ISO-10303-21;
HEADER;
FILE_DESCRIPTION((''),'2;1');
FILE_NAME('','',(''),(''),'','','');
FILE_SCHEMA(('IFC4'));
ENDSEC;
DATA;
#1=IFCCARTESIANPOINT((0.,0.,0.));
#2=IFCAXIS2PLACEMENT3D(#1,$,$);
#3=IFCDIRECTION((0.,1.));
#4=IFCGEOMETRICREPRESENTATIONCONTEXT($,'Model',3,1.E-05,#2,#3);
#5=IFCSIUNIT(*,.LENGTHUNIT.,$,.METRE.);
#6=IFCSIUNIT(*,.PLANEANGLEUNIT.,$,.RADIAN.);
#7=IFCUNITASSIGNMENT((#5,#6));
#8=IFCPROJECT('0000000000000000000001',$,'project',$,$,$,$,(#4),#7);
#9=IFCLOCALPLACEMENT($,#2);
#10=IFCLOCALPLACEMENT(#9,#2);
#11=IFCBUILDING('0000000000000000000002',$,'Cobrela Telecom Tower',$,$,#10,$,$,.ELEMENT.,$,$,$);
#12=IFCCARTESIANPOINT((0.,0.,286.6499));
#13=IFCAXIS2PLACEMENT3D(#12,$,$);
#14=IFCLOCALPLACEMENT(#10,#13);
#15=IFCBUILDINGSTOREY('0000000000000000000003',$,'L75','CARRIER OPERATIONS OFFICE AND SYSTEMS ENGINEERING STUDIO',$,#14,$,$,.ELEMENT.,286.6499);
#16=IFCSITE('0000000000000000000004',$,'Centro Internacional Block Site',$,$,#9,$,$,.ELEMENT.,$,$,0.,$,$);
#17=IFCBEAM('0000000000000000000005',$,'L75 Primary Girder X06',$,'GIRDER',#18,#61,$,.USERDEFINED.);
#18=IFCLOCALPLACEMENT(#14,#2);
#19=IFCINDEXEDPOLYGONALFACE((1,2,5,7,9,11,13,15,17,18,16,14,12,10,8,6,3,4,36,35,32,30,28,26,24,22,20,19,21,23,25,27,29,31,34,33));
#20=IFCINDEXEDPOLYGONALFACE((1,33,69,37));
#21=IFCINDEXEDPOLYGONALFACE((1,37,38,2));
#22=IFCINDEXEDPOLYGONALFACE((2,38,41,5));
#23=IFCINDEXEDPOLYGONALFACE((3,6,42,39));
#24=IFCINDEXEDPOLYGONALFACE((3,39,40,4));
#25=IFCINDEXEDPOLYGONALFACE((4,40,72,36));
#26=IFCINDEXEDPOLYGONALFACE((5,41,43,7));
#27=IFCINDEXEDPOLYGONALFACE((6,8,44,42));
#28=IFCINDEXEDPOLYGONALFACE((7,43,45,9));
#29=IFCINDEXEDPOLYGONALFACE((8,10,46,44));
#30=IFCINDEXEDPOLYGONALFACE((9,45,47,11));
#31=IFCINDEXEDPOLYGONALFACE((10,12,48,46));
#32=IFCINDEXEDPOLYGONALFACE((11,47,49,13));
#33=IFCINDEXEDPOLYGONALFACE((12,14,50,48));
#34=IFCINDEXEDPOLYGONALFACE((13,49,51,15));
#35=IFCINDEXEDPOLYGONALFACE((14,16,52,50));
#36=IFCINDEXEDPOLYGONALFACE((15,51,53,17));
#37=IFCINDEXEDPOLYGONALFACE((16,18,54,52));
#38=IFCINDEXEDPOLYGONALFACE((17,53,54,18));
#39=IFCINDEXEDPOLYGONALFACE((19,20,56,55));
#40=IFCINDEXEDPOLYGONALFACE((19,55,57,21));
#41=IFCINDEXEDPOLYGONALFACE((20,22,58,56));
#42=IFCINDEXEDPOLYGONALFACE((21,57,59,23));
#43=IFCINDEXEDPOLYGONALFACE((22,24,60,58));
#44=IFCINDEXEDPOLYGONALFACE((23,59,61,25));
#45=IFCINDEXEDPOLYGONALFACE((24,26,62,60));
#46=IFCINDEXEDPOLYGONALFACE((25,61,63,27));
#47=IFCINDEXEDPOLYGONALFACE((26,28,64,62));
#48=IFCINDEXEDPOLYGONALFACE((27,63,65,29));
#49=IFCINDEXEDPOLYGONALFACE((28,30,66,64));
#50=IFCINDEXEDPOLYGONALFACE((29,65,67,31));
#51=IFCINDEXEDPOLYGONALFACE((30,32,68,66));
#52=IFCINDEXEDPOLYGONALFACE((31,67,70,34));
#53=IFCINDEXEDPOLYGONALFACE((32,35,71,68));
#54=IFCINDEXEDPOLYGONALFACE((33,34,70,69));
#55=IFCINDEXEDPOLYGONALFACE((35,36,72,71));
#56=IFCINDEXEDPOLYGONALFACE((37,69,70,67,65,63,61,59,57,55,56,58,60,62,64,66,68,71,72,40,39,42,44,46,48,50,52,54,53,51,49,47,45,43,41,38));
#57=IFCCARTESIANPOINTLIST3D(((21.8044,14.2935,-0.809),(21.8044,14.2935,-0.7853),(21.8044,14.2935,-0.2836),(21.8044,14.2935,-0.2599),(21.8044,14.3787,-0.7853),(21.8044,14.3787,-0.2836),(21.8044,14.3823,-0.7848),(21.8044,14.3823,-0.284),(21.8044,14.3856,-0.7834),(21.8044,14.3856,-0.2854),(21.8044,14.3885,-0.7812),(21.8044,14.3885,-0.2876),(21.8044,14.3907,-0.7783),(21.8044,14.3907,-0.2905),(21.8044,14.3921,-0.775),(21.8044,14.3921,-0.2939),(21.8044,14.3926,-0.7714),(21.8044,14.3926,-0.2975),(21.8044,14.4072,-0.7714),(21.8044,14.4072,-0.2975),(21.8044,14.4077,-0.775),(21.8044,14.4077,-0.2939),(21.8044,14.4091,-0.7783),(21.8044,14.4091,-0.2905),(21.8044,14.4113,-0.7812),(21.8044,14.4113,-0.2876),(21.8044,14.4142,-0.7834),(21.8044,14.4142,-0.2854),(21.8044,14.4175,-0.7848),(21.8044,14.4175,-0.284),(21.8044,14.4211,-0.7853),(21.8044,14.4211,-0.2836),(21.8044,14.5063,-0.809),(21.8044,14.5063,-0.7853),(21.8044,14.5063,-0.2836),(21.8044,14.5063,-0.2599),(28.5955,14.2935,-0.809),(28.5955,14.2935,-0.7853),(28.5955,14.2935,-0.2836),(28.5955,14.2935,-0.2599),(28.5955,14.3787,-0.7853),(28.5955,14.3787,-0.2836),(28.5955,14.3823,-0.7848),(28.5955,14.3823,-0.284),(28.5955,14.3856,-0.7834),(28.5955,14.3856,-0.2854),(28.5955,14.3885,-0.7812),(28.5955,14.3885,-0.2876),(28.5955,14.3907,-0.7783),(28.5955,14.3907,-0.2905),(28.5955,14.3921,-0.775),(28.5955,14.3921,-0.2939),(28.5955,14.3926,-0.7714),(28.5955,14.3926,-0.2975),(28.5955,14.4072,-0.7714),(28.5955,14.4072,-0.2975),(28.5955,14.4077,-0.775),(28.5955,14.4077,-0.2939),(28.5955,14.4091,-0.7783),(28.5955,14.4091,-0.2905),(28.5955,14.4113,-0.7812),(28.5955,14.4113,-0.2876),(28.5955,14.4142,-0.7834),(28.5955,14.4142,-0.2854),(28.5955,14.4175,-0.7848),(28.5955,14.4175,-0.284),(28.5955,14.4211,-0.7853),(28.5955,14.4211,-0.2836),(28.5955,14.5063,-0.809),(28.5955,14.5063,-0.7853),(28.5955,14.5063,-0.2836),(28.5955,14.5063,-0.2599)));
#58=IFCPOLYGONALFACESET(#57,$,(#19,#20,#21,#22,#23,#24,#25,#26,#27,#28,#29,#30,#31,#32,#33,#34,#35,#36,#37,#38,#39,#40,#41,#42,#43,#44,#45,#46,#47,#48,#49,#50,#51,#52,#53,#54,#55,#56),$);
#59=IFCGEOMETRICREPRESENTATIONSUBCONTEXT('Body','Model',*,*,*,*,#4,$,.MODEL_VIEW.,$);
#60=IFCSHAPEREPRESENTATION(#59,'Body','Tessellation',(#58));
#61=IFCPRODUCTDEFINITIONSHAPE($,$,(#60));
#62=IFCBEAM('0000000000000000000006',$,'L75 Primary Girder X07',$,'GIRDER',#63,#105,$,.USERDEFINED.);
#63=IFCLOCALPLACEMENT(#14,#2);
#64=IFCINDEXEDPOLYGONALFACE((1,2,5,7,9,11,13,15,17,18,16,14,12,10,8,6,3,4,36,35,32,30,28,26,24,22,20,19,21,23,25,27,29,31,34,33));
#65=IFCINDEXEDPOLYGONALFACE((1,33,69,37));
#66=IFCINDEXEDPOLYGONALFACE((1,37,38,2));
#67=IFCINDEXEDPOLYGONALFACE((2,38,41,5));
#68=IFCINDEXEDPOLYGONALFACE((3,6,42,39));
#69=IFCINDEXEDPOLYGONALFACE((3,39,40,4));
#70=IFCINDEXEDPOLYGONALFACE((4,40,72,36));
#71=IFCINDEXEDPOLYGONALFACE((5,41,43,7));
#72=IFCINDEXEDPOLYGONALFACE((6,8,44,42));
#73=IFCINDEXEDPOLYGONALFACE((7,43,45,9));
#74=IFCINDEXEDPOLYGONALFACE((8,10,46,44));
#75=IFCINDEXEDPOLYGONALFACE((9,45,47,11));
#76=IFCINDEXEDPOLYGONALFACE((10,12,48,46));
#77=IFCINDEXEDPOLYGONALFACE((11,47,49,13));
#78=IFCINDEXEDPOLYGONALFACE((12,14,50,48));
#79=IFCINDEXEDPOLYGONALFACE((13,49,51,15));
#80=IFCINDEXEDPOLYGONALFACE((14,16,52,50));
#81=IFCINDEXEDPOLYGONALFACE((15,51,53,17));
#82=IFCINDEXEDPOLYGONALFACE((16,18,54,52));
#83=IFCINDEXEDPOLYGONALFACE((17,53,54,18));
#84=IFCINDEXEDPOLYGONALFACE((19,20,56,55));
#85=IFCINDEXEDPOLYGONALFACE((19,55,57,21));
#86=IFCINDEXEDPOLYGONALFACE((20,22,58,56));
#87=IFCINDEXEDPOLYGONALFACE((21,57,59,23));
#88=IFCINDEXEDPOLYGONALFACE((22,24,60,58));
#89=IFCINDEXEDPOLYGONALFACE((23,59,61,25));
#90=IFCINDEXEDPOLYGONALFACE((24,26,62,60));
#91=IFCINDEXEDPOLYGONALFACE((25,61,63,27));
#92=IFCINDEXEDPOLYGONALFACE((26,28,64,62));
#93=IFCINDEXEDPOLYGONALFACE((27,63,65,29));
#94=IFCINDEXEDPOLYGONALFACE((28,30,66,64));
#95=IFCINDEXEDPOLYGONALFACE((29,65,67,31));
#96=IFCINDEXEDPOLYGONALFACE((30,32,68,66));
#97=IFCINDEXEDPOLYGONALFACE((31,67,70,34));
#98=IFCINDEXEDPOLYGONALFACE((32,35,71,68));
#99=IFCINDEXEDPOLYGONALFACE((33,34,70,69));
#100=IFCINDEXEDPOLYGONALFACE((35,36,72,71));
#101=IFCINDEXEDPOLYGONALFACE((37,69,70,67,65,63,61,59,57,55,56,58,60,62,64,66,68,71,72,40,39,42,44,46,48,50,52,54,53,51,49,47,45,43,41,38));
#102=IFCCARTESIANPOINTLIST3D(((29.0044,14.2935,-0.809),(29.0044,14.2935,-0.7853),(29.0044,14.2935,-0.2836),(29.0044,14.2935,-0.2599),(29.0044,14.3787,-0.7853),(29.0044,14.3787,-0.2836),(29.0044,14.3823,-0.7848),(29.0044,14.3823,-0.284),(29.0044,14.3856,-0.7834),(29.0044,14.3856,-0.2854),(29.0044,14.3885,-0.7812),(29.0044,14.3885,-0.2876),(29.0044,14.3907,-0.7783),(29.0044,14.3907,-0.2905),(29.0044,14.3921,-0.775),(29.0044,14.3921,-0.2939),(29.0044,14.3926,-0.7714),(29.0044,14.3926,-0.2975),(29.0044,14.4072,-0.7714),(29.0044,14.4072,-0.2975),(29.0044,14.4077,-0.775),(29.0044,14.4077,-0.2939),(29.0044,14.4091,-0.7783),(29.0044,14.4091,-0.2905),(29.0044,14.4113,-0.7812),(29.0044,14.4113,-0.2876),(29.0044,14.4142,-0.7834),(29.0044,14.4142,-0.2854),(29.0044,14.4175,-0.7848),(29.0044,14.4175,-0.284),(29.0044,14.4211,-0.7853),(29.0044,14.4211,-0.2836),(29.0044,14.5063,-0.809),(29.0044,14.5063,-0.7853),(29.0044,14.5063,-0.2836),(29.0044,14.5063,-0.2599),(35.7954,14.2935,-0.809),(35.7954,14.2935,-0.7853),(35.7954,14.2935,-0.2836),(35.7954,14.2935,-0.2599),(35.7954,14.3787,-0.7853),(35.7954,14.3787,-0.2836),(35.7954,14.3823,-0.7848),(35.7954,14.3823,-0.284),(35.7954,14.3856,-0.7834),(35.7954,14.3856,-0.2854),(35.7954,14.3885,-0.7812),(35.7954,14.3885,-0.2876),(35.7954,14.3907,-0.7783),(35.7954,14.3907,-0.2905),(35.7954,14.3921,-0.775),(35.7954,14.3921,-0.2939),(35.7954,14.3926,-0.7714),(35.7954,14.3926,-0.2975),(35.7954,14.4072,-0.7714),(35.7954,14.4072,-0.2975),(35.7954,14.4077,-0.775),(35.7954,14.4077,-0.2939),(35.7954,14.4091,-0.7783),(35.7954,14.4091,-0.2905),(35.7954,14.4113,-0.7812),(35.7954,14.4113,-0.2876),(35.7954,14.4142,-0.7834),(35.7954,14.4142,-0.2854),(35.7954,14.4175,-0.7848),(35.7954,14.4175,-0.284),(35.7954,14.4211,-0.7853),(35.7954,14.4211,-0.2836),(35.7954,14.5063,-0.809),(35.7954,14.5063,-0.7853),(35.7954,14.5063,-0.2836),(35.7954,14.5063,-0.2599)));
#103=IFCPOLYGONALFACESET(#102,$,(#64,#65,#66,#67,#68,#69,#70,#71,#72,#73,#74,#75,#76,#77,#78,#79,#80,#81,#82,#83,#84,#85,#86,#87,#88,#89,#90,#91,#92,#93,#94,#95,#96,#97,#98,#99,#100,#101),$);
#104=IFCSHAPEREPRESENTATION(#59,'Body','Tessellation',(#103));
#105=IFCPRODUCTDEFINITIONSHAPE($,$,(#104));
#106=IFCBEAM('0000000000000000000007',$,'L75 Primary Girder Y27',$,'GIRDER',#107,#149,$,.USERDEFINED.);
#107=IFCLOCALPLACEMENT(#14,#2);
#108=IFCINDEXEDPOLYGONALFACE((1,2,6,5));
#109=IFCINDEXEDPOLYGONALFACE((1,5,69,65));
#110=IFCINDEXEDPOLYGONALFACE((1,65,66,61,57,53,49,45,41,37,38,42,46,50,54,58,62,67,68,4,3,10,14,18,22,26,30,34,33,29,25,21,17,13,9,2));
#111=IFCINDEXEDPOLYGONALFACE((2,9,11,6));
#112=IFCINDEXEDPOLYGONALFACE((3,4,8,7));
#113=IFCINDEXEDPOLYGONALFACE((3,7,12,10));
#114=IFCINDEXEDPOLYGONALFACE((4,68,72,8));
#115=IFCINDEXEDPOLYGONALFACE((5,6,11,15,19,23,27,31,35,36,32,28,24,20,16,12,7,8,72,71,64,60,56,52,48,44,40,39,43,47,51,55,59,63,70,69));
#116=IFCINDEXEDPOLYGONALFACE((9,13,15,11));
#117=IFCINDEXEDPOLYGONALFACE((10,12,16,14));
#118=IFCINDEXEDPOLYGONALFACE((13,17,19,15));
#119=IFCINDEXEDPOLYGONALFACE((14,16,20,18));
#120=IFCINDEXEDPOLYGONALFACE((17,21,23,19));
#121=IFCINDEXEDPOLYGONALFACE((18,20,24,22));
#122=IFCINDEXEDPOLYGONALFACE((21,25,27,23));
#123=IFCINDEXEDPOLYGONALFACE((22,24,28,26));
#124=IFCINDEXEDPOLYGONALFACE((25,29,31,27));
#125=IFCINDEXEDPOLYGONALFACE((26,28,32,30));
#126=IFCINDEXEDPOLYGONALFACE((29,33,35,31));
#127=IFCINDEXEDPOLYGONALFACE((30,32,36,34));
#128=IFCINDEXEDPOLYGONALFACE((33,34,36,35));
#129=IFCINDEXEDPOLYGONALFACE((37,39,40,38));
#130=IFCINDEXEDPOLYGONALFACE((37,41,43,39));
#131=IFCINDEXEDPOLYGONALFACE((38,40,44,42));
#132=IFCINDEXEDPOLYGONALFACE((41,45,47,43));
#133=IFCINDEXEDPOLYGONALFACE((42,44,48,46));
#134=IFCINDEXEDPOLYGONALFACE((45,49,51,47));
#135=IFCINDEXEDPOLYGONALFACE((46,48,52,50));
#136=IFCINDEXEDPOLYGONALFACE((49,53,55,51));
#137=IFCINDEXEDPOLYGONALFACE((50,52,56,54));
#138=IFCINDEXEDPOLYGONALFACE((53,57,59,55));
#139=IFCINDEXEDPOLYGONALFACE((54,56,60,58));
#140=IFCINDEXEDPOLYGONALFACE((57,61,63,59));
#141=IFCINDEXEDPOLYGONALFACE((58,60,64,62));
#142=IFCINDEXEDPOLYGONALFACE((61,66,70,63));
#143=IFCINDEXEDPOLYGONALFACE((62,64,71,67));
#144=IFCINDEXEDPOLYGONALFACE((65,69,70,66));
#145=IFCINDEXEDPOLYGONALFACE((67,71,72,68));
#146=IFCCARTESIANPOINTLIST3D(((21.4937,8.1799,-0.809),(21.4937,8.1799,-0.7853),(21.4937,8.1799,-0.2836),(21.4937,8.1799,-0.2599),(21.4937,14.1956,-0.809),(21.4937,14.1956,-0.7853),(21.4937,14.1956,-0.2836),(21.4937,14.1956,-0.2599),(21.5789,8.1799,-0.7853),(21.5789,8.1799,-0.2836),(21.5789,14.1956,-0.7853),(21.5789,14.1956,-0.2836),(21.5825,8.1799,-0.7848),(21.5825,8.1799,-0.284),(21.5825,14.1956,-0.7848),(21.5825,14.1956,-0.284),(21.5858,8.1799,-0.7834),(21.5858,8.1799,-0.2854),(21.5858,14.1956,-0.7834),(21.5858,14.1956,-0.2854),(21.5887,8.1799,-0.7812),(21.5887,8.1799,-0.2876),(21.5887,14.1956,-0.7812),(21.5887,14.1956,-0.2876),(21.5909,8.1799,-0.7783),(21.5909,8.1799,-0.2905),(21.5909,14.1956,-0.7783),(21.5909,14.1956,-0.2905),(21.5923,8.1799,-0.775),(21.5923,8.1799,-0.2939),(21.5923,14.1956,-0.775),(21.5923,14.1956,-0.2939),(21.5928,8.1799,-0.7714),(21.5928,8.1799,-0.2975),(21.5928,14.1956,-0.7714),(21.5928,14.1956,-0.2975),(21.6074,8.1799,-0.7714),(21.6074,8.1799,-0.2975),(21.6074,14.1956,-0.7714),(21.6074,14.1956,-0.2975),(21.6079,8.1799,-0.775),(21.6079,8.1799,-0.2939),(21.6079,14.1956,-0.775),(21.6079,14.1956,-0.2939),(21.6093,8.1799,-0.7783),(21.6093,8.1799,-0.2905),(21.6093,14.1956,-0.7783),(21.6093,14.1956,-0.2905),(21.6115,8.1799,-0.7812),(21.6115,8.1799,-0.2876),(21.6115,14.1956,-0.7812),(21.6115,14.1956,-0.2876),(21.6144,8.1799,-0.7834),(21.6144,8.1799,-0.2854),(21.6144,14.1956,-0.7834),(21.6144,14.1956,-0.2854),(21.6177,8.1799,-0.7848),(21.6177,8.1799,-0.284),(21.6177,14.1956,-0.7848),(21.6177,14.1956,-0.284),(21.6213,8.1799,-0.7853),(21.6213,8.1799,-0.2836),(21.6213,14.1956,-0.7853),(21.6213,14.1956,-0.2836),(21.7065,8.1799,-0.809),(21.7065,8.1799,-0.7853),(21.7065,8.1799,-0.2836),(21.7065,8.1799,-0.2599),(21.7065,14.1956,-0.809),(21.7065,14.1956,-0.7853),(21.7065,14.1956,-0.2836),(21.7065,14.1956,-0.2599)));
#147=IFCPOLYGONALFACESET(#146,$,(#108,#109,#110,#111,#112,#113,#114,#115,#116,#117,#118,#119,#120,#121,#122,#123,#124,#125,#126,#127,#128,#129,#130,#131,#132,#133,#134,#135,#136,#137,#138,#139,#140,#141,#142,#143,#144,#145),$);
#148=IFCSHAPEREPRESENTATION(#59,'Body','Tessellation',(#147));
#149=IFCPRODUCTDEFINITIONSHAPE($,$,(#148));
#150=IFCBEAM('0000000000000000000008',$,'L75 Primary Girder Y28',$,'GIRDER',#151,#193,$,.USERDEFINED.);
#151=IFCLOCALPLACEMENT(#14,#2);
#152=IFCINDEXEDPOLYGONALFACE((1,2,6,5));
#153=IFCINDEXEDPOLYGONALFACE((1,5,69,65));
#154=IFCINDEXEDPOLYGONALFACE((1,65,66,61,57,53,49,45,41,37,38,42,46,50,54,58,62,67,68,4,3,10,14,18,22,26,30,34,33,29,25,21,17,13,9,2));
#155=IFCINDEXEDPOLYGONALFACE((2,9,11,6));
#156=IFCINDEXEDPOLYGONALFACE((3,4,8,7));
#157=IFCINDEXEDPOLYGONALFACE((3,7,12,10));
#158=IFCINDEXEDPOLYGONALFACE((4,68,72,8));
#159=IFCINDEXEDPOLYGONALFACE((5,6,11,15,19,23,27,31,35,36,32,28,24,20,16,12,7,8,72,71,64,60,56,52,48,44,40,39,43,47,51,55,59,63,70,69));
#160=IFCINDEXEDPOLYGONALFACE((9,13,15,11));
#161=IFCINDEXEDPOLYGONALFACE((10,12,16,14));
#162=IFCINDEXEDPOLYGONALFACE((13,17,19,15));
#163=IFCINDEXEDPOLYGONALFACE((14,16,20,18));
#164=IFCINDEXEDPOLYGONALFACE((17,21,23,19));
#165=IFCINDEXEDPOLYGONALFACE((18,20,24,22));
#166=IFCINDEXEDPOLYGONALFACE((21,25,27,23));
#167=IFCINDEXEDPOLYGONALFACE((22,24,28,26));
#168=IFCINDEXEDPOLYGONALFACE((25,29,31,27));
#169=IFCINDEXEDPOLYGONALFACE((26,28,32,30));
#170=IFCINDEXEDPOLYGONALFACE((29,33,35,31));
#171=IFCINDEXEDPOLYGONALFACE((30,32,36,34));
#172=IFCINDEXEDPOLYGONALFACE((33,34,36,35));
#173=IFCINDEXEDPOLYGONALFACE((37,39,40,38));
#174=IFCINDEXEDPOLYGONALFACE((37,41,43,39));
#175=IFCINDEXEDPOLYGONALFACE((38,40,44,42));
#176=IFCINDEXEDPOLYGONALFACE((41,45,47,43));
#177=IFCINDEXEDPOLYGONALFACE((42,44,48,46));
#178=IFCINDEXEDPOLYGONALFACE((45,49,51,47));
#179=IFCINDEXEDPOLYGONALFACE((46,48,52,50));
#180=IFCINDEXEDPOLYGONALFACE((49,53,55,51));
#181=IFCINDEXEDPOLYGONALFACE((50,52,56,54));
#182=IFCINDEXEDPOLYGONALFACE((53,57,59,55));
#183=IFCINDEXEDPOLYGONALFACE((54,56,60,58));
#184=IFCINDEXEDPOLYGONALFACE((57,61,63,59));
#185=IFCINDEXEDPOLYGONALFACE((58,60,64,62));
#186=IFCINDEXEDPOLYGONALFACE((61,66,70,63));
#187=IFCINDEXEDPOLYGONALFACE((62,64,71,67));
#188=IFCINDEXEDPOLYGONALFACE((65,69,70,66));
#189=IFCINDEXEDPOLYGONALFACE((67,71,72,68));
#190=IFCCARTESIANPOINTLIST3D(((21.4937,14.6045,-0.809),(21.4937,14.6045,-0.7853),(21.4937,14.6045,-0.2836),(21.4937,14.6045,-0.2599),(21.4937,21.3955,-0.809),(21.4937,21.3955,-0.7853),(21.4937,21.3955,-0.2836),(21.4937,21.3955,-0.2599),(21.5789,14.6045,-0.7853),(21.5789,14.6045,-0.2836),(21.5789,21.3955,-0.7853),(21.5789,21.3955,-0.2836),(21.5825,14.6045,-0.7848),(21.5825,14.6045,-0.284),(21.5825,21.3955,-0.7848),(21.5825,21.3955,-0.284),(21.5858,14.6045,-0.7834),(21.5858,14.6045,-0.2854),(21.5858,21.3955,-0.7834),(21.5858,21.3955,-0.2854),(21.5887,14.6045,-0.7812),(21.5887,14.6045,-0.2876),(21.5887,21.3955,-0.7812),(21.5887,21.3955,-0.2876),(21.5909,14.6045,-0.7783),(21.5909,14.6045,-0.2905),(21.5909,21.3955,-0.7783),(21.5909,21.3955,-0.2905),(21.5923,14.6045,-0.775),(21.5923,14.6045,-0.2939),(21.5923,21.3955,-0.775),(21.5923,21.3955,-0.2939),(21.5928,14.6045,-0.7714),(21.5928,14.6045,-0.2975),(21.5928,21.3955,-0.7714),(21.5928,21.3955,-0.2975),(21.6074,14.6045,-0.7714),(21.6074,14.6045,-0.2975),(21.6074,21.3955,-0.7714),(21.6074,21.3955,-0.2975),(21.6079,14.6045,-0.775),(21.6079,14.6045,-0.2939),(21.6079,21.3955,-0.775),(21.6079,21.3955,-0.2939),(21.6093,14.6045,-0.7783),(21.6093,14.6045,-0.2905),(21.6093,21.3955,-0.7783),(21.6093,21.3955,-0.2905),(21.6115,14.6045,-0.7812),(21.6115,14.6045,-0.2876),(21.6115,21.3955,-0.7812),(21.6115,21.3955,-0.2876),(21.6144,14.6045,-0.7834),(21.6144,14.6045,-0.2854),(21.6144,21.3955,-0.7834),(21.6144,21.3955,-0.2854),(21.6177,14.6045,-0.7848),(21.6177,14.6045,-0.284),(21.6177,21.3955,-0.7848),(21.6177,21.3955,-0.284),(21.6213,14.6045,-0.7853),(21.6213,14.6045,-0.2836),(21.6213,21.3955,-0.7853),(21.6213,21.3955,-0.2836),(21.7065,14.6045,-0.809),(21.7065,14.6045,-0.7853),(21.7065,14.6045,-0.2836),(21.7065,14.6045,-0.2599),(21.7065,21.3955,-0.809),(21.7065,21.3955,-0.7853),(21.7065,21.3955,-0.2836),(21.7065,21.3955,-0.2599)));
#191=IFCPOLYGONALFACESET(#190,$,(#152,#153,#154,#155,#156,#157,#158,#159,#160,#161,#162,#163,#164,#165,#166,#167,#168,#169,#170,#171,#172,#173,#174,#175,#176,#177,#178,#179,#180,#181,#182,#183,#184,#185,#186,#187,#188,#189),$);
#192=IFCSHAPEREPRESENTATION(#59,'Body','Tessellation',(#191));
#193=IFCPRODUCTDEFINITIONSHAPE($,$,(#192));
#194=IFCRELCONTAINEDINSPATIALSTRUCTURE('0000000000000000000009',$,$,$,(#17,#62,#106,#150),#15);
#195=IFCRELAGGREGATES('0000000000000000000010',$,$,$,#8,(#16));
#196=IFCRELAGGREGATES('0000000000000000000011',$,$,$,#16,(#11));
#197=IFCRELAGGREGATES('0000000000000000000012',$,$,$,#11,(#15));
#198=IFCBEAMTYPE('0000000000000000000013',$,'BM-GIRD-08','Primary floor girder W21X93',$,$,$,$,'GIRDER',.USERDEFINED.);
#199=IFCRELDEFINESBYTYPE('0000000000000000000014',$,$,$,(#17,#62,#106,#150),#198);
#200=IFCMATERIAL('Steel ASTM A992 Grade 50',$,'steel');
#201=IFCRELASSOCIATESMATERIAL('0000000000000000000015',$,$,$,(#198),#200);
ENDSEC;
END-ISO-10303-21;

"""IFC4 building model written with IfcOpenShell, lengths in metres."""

from ifc_helpers import new_model, si_unit, direction, frame, origin, origin_2d, place, context, subcontext, project, spatial, i_section, extrude, material, material_profile, profile_set, type_object, element, save


model = new_model("IFC4")

# Units and contexts
model_context = context("Model", 3, precision=1e-05, world=origin(), true_north=direction((0.0, 1.0)))
body_context = subcontext(model_context, "Body", "Model", "MODEL_VIEW")
ifc_project = project(units=[si_unit("LENGTHUNIT", "METRE"), si_unit("PLANEANGLEUNIT", "RADIAN")], contexts=[model_context])

# Site, building, storey
site_placement = place(None, origin())
site = spatial("IfcSite", under=ifc_project, at=site_placement, Name="Centro Internacional Block Site", CompositionType="ELEMENT", RefElevation=0.0)
building_placement = place(site_placement, origin())
building = spatial("IfcBuilding", under=site, at=building_placement, Name="Cobrela Telecom Tower", CompositionType="ELEMENT")
storey_placement = place(building_placement, frame((0.0, 0.0, 286.6499)))
storey = spatial("IfcBuildingStorey", under=building, at=storey_placement, Name="L75", Description="CARRIER OPERATIONS OFFICE AND SYSTEMS ENGINEERING STUDIO", CompositionType="ELEMENT", Elevation=286.6499)

# Shared definitions
ifc_material_1 = material(Name="Steel ASTM A992 Grade 50", Category="steel")

# Beams
ifc_material_profile_1 = material_profile(ifc_material_1, i_section(OverallWidth=0.2129, OverallDepth=0.5491, WebThickness=0.0146, FlangeThickness=0.0237, FilletRadius=0.0139, at=origin_2d()), Name="W21X93")
ifc_profile_set_1 = profile_set([ifc_material_profile_1], Name="Steel ASTM A992 Grade 50")
beam_type_1 = type_object("IfcBeamType", Name="BM-GIRD-08", Description="Primary floor girder W21X93", ElementType="GIRDER", PredefinedType="USERDEFINED", material=ifc_profile_set_1)
for number, where, z_axis, x_axis, name in (
    (1, (21.8044, 14.3999, -0.5344), (1.0, 0.0, 0.0), (0.0, 1.0, 0.0), "L75 Primary Girder X06"),
    (2, (29.0044, 14.3999, -0.5344), (1.0, 0.0, 0.0), (0.0, 1.0, 0.0), "L75 Primary Girder X07"),
):
    element("IfcBeam", number, at=place(storey_placement, frame(where, z_axis=z_axis, x_axis=x_axis)), inside=storey, type_object=beam_type_1, Name=name, ObjectType="GIRDER", PredefinedType="USERDEFINED", context=body_context, shape_type="SweptSolid", body=[
        extrude(i_section(OverallWidth=0.2129, OverallDepth=0.5491, WebThickness=0.0146, FlangeThickness=0.0237, FilletRadius=0.0139, at=origin_2d()), origin(), (0.0, 0.0, 1.0), 6.791),
    ])
beam_1_placement = place(storey_placement, frame((21.6001, 8.1799, -0.5344), z_axis=(0.0, 1.0, 0.0), x_axis=(-1.0, 0.0, 0.0)))
element("IfcBeam", 3, at=beam_1_placement, inside=storey, type_object=beam_type_1, Name="L75 Primary Girder Y27", ObjectType="GIRDER", PredefinedType="USERDEFINED", context=body_context, shape_type="SweptSolid", body=[
    extrude(i_section(OverallWidth=0.2129, OverallDepth=0.5491, WebThickness=0.0146, FlangeThickness=0.0237, FilletRadius=0.0139, at=origin_2d()), origin(), (0.0, 0.0, 1.0), 6.0156),
])
beam_2_placement = place(storey_placement, frame((21.6001, 14.6045, -0.5344), z_axis=(0.0, 1.0, 0.0), x_axis=(-1.0, 0.0, 0.0)))
element("IfcBeam", 4, at=beam_2_placement, inside=storey, type_object=beam_type_1, Name="L75 Primary Girder Y28", ObjectType="GIRDER", PredefinedType="USERDEFINED", context=body_context, shape_type="SweptSolid", body=[
    extrude(i_section(OverallWidth=0.2129, OverallDepth=0.5491, WebThickness=0.0146, FlangeThickness=0.0237, FilletRadius=0.0139, at=origin_2d()), origin(), (0.0, 0.0, 1.0), 6.791),
])

save(model, "model.ifc")
